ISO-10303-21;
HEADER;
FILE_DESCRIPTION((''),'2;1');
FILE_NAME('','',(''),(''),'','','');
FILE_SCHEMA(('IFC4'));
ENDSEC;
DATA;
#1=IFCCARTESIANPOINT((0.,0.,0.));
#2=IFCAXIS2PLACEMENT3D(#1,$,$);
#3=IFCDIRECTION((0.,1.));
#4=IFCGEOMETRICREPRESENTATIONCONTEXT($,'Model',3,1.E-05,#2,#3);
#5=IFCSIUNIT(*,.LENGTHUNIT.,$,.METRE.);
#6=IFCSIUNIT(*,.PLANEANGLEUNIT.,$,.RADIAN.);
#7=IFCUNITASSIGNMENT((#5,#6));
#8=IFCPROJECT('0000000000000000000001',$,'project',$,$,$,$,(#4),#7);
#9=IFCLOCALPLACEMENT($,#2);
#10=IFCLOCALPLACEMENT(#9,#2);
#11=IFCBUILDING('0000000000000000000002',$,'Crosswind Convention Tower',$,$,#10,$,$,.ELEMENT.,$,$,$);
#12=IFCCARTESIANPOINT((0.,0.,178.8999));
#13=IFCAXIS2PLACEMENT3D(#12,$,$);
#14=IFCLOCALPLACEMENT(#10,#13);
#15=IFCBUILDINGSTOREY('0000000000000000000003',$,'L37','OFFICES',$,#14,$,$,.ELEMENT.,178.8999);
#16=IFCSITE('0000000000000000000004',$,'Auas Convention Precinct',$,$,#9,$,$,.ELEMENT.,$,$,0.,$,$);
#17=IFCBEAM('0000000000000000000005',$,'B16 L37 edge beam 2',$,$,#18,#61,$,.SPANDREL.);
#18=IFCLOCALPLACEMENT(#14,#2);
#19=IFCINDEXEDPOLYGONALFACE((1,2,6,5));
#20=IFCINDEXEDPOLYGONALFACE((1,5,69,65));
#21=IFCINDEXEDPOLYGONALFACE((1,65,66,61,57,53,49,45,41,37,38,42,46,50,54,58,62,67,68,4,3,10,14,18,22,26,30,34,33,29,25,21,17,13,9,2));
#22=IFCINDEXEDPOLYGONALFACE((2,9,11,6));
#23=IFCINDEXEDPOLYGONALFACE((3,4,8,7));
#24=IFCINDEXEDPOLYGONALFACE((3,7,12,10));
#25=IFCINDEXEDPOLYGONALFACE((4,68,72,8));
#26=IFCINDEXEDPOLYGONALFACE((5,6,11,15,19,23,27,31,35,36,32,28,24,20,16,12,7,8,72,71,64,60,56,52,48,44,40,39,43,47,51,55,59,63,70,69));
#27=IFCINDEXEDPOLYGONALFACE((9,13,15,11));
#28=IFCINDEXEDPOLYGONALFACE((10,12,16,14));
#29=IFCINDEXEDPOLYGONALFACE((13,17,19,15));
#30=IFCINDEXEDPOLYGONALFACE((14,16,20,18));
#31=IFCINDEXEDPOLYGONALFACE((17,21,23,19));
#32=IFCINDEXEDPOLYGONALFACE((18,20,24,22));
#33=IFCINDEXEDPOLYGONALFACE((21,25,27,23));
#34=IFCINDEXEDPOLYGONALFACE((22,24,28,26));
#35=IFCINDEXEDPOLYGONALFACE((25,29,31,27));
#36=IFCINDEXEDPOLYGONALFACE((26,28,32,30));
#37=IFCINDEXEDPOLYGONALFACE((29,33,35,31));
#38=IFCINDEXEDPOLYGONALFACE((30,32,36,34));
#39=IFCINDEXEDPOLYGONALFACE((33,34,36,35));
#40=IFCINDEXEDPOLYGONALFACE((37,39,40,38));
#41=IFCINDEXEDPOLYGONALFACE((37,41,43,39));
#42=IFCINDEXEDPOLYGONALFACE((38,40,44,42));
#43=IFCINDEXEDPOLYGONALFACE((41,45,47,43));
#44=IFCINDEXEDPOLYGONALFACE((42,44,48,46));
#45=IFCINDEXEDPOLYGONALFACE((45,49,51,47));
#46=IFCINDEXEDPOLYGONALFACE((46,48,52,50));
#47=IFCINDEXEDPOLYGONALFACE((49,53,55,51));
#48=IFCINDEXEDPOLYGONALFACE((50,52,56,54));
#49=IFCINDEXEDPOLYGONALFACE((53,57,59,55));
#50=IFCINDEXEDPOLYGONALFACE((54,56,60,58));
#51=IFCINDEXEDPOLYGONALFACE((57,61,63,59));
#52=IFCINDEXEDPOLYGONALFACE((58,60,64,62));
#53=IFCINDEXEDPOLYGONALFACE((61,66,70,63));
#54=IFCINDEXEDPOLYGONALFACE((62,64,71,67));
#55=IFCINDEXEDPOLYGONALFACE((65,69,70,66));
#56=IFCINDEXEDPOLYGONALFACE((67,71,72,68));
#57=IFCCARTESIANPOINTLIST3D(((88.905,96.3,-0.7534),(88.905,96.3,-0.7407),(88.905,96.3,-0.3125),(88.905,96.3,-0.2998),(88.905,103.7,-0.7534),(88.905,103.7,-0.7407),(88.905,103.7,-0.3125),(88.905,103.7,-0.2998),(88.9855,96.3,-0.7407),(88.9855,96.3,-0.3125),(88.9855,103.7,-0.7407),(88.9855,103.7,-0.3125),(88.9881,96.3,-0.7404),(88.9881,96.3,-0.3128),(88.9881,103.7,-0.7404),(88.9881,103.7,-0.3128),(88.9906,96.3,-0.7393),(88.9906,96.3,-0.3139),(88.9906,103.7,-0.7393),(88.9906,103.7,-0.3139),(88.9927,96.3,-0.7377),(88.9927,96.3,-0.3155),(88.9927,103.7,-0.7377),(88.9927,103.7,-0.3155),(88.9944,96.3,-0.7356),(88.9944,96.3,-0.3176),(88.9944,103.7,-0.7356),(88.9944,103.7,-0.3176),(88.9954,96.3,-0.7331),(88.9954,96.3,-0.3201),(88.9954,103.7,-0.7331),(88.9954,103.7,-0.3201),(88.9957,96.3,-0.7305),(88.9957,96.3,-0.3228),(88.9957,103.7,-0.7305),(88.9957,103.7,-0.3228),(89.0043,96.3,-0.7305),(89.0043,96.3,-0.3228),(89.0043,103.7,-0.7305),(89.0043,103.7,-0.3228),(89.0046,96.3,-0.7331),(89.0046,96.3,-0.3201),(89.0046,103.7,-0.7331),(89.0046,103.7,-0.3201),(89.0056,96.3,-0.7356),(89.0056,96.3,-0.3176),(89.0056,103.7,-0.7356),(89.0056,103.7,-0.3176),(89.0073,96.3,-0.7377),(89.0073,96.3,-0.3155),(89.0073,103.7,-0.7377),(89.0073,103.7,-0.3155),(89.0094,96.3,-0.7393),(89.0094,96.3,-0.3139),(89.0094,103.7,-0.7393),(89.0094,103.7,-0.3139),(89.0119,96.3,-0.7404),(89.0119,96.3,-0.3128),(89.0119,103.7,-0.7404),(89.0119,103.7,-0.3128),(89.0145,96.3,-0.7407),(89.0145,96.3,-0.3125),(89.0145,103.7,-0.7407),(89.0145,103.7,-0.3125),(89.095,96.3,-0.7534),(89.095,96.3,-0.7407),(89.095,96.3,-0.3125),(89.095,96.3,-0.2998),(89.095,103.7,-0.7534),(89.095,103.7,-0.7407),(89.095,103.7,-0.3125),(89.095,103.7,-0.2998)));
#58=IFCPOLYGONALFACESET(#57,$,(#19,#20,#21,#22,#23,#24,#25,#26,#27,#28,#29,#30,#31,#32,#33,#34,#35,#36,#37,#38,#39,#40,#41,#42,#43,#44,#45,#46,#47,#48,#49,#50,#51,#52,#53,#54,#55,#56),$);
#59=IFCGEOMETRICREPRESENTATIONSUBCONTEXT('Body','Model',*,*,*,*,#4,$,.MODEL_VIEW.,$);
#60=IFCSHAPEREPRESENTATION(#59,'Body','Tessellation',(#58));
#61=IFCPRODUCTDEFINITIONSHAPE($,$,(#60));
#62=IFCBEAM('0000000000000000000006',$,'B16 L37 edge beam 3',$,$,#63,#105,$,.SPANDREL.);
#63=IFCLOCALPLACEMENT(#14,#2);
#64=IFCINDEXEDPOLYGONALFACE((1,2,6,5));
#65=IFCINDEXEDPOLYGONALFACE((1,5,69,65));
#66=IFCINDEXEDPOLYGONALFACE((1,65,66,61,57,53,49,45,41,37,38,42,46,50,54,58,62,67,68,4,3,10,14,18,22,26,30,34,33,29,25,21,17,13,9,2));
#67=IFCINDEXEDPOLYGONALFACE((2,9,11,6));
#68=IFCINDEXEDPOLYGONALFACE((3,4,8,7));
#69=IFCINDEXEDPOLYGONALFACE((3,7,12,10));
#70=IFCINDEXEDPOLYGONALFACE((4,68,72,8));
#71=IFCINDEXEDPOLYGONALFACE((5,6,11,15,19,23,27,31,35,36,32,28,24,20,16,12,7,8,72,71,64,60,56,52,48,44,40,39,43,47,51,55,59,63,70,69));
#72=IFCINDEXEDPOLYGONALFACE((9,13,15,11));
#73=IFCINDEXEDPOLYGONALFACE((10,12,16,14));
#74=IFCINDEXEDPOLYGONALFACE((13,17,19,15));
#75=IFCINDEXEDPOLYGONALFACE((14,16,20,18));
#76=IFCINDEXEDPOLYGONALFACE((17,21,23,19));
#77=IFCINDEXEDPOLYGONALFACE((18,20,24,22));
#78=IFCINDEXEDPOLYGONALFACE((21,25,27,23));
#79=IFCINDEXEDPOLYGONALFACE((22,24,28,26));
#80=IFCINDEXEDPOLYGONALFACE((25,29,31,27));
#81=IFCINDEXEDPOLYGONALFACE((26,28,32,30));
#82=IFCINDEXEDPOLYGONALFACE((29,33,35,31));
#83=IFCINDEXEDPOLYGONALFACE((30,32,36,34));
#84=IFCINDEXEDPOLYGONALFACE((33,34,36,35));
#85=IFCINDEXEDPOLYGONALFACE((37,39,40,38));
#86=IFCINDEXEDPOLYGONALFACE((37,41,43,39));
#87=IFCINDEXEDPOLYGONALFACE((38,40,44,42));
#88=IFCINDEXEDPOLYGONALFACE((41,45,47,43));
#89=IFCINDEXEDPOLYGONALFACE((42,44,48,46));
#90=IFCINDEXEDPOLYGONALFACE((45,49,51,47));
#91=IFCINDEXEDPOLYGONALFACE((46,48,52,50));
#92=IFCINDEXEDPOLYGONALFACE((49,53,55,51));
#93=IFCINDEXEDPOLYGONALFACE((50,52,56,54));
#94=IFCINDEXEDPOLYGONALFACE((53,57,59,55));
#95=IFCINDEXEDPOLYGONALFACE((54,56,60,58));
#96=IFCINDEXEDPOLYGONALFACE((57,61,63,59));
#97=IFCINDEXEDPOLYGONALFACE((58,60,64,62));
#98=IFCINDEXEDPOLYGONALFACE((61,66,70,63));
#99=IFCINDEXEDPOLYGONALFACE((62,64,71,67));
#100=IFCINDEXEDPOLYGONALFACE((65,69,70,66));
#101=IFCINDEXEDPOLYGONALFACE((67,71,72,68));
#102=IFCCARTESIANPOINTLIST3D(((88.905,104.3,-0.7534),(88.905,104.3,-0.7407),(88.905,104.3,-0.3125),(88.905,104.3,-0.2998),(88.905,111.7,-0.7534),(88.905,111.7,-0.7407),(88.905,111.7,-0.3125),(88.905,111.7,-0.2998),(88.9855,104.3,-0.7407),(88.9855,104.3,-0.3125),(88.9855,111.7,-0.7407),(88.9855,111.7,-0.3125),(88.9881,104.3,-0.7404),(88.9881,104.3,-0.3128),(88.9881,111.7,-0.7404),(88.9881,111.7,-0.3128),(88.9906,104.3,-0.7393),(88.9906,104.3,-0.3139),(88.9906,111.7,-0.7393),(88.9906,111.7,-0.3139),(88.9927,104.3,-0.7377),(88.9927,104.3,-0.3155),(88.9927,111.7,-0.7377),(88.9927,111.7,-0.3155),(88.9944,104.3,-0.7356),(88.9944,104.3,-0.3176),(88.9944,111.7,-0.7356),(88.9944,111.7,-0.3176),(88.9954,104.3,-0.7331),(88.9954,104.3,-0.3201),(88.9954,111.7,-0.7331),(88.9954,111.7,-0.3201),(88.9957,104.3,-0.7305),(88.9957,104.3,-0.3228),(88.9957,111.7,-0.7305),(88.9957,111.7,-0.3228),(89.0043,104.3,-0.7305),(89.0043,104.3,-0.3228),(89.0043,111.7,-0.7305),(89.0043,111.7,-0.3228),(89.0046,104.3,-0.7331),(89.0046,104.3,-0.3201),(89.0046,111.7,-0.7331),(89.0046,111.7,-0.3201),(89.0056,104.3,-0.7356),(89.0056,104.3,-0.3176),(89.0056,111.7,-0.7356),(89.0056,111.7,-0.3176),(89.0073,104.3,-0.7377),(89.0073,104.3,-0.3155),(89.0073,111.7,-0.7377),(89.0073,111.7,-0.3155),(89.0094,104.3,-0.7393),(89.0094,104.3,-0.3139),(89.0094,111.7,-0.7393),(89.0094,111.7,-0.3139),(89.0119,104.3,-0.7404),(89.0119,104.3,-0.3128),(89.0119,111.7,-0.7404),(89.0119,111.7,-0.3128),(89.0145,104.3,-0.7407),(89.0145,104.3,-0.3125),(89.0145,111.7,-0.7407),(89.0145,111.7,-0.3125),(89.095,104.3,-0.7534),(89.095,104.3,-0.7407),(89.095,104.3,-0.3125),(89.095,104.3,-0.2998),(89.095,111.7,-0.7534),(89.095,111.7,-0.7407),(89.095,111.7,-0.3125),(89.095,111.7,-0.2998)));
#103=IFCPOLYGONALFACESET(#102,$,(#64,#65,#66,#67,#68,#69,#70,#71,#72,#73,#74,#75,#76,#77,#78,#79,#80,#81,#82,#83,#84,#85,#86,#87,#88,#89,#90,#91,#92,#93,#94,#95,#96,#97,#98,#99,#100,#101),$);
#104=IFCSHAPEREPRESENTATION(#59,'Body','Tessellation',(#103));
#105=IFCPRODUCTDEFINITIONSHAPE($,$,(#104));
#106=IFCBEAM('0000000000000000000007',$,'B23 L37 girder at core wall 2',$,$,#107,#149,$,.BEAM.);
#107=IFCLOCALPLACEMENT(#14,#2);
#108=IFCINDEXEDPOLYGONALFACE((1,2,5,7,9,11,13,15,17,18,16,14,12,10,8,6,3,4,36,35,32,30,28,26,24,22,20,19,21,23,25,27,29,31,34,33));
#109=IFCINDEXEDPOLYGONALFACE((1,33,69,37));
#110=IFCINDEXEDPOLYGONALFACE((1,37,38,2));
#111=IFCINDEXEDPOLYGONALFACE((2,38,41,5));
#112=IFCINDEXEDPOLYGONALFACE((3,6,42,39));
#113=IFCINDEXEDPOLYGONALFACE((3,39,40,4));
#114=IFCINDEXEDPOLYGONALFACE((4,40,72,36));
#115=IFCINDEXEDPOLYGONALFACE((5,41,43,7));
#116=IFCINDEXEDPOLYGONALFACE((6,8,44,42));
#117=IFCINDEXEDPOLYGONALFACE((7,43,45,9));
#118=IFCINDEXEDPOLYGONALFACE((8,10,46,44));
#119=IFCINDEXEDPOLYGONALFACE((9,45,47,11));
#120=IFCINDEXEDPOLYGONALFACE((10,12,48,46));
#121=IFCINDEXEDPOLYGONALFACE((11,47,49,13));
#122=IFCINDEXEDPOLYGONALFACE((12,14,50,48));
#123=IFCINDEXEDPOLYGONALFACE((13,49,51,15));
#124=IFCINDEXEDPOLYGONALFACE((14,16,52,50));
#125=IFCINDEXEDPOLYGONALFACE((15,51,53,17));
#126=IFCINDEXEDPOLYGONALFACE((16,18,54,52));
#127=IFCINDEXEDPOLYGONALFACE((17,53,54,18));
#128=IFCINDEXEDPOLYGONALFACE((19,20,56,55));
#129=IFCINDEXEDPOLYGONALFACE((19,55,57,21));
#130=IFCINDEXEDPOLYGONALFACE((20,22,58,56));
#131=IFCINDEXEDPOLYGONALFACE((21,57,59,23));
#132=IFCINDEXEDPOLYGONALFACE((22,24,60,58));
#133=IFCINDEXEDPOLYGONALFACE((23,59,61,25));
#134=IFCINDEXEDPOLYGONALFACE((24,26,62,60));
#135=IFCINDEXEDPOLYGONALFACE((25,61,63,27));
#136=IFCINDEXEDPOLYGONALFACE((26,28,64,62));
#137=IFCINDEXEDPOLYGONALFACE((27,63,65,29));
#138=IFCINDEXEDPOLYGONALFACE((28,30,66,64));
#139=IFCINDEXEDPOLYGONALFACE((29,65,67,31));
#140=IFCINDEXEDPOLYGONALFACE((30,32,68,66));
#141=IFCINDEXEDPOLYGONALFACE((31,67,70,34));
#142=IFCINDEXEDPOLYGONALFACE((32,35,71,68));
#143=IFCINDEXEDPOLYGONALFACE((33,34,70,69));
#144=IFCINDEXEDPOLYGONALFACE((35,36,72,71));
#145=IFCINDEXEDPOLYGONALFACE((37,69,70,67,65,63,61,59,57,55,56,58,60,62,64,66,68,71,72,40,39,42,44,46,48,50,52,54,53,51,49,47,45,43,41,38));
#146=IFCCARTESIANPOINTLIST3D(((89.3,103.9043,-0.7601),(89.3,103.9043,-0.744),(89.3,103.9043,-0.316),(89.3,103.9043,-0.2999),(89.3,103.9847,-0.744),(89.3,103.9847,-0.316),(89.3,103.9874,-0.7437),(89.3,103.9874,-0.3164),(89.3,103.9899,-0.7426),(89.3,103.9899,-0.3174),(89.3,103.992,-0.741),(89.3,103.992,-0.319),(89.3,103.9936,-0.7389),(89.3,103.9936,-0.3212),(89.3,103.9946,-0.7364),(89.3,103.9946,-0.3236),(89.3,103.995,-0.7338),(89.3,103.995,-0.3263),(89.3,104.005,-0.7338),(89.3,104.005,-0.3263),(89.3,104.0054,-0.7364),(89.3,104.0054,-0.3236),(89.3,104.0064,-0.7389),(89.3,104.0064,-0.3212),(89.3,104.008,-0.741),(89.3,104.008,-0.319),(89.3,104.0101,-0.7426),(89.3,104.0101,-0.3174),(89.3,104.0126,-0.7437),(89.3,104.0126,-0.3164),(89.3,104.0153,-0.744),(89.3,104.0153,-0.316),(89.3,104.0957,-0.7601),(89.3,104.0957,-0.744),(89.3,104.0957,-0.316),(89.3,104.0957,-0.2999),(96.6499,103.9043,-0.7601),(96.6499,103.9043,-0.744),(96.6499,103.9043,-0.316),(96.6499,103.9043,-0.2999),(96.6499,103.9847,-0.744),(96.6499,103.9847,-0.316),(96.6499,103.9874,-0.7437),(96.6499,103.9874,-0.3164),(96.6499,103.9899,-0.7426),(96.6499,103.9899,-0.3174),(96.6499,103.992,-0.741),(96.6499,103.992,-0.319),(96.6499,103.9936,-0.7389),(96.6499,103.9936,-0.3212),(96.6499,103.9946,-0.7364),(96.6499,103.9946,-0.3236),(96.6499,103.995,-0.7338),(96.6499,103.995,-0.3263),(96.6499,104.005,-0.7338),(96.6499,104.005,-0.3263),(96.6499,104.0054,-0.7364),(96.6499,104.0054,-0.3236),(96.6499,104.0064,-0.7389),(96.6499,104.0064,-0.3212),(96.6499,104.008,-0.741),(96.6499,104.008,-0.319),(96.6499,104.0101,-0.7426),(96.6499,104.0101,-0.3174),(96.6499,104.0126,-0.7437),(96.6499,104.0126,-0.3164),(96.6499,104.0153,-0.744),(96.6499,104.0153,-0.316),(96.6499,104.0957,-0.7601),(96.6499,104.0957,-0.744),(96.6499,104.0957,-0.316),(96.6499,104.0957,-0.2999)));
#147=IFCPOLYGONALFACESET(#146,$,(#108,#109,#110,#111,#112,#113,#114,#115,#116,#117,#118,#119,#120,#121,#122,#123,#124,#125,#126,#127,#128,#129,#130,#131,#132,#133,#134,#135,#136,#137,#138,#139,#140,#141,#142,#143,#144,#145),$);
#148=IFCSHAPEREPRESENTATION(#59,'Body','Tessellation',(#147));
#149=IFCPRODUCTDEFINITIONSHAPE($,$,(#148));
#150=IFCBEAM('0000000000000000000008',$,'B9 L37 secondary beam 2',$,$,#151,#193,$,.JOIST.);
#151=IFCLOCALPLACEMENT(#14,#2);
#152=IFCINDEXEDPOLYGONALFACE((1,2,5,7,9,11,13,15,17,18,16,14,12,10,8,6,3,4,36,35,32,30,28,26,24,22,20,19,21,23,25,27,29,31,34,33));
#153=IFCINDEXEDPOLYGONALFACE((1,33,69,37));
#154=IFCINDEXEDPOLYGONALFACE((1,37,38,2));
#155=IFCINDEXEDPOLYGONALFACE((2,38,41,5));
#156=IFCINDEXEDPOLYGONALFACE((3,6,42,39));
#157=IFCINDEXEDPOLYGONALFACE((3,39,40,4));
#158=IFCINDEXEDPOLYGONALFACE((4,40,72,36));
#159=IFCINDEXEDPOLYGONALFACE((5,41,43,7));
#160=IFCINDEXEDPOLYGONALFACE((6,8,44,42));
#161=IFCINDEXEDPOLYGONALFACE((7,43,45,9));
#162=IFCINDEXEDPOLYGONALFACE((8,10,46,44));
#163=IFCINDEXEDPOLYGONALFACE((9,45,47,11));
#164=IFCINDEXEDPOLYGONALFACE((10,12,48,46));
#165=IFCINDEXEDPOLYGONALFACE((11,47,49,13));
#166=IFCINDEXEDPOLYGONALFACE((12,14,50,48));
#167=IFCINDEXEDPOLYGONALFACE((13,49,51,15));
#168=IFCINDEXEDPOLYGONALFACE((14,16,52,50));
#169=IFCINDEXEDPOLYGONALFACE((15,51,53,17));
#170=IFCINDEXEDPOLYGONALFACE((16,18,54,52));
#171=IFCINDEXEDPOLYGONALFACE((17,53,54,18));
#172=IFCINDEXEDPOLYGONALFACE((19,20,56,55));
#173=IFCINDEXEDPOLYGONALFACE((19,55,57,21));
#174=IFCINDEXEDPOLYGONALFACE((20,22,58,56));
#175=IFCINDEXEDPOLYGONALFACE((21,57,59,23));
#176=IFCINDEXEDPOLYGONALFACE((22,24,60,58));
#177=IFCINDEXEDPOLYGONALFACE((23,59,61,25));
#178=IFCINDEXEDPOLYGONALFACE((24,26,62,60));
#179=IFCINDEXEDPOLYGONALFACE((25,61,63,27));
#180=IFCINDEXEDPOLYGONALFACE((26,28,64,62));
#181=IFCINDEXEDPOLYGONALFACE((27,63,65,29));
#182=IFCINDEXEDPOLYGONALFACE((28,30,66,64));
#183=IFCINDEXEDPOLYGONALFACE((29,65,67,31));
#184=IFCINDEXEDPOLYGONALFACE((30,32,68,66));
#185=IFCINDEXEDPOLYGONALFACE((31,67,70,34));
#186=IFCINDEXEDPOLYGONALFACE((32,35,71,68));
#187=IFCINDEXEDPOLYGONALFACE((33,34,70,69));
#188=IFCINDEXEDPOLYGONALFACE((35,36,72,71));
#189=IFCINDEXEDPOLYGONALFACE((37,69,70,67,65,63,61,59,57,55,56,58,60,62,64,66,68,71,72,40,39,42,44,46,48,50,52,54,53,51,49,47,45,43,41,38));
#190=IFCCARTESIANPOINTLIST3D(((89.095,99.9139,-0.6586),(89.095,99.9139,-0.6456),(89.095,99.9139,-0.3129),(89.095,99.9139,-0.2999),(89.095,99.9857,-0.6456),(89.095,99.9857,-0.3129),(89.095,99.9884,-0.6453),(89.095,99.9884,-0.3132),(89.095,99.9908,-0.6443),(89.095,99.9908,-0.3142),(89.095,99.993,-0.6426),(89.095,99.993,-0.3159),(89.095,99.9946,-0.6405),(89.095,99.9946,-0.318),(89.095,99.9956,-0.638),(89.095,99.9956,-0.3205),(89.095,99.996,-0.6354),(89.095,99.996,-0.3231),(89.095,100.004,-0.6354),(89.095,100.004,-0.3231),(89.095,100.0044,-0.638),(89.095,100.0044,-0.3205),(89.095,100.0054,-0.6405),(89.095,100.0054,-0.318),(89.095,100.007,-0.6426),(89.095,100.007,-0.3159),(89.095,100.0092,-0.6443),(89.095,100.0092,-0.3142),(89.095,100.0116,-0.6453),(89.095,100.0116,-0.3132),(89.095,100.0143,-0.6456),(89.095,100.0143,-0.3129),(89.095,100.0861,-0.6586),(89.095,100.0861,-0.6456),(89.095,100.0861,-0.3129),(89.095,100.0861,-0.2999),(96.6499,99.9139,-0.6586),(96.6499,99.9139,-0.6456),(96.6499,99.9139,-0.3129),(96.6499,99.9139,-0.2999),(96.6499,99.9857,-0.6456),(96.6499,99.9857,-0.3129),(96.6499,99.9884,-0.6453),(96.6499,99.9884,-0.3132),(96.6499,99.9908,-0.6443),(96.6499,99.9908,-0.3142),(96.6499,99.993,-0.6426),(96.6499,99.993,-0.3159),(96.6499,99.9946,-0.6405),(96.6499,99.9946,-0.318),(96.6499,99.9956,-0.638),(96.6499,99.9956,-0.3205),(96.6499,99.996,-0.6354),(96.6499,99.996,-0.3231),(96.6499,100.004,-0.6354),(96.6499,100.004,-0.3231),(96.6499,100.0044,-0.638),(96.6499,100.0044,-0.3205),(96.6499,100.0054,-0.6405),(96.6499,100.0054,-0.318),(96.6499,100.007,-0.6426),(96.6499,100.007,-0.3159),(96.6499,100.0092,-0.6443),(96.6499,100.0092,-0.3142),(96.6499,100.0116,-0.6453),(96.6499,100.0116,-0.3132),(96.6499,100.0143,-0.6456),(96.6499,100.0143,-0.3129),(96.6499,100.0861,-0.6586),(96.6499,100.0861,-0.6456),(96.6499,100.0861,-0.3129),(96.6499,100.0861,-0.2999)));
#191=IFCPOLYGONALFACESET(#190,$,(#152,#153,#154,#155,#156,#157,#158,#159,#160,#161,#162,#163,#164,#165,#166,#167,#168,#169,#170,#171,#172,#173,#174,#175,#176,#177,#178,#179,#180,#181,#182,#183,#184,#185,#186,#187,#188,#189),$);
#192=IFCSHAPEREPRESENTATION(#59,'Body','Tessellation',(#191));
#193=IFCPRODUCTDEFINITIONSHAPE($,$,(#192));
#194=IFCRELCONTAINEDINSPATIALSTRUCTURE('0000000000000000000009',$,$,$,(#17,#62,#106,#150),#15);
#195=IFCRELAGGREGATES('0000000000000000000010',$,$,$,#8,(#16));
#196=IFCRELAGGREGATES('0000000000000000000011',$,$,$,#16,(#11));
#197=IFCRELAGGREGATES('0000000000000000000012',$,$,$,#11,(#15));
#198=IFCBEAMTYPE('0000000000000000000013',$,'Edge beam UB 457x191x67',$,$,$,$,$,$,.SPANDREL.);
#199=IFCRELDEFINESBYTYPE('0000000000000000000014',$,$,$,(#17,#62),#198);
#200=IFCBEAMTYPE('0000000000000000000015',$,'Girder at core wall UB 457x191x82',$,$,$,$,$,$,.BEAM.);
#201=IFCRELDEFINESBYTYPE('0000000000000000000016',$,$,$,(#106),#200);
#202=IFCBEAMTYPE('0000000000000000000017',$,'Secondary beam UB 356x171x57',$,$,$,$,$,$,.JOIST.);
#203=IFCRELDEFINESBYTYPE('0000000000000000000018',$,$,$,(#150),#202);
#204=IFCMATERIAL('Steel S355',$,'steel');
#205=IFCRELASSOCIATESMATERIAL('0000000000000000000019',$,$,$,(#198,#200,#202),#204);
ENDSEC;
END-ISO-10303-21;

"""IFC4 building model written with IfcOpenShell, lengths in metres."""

from ifc_helpers import new_model, si_unit, direction, frame, origin, origin_2d, place, context, subcontext, project, spatial, i_section, extrude, material, material_profile, profile_set, type_object, element, save


model = new_model("IFC4")

# Units and contexts
model_context = context("Model", 3, precision=1e-05, world=origin(), true_north=direction((0.0, 1.0)))
body_context = subcontext(model_context, "Body", "Model", "MODEL_VIEW")
ifc_project = project(units=[si_unit("LENGTHUNIT", "METRE"), si_unit("PLANEANGLEUNIT", "RADIAN")], contexts=[model_context])

# Site, building, storey
site_placement = place(None, origin())
site = spatial("IfcSite", under=ifc_project, at=site_placement, Name="Auas Convention Precinct", CompositionType="ELEMENT", RefElevation=0.0)
building_placement = place(site_placement, origin())
building = spatial("IfcBuilding", under=site, at=building_placement, Name="Crosswind Convention Tower", CompositionType="ELEMENT")
storey_placement = place(building_placement, frame((0.0, 0.0, 178.8999)))
storey = spatial("IfcBuildingStorey", under=building, at=storey_placement, Name="L37", Description="OFFICES", CompositionType="ELEMENT", Elevation=178.8999)

# Beams
ifc_material_1 = material(Name="Steel S355", Category="steel")
ifc_material_profile_1 = material_profile(ifc_material_1, i_section(OverallWidth=0.1899, OverallDepth=0.4536, WebThickness=0.0085, FlangeThickness=0.0127, FilletRadius=0.0103, at=origin_2d()), Name="UB 457x191x67")
ifc_profile_set_1 = profile_set([ifc_material_profile_1], Name="Steel S355")
beam_type_1 = type_object("IfcBeamType", Name="Edge beam UB 457x191x67", PredefinedType="SPANDREL", material=ifc_profile_set_1)
for number, where, z_axis, x_axis, name in (
    (1, (89.0, 96.3, -0.5266), (0.0, 1.0, 0.0), (-1.0, 0.0, 0.0), "B16 L37 edge beam 2"),
    (2, (89.0, 104.3, -0.5266), (0.0, 1.0, 0.0), (-1.0, 0.0, 0.0), "B16 L37 edge beam 3"),
):
    element("IfcBeam", number, at=place(storey_placement, frame(where, z_axis=z_axis, x_axis=x_axis)), inside=storey, type_object=beam_type_1, Name=name, PredefinedType="SPANDREL", context=body_context, shape_type="SweptSolid", body=[
        extrude(i_section(OverallWidth=0.1899, OverallDepth=0.4536, WebThickness=0.0085, FlangeThickness=0.0127, FilletRadius=0.0103, at=origin_2d()), origin(), (0.0, 0.0, 1.0), 7.3999),
    ])
ifc_material_profile_2 = material_profile(ifc_material_1, i_section(OverallWidth=0.1914, OverallDepth=0.4602, WebThickness=0.01, FlangeThickness=0.0161, FilletRadius=0.0103, at=origin_2d()), Name="UB 457x191x82")
ifc_profile_set_2 = profile_set([ifc_material_profile_2], Name="Steel S355")
beam_type_2 = type_object("IfcBeamType", Name="Girder at core wall UB 457x191x82", PredefinedType="BEAM", material=ifc_profile_set_2)
beam_placement = place(storey_placement, frame((89.3, 104.0, -0.53), z_axis=(1.0, 0.0, 0.0), x_axis=(0.0, 1.0, 0.0)))
element("IfcBeam", 3, at=beam_placement, inside=storey, type_object=beam_type_2, Name="B23 L37 girder at core wall 2", PredefinedType="BEAM", context=body_context, shape_type="SweptSolid", body=[
    extrude(i_section(OverallWidth=0.1914, OverallDepth=0.4602, WebThickness=0.01, FlangeThickness=0.0161, FilletRadius=0.0103, at=origin_2d()), origin(), (0.0, 0.0, 1.0), 7.3499),
])
ifc_material_profile_3 = material_profile(ifc_material_1, i_section(OverallWidth=0.1721, OverallDepth=0.3586, WebThickness=0.0081, FlangeThickness=0.0129, FilletRadius=0.0103, at=origin_2d()), Name="UB 356x171x57")
ifc_profile_set_3 = profile_set([ifc_material_profile_3], Name="Steel S355")
beam_type_3 = type_object("IfcBeamType", Name="Secondary beam UB 356x171x57", PredefinedType="JOIST", material=ifc_profile_set_3)
for number, where, z_axis, x_axis, name in (
    (4, (89.095, 100.0, -0.4792), (1.0, 0.0, 0.0), (0.0, 1.0, 0.0), "B9 L37 secondary beam 2"),
):
    element("IfcBeam", number, at=place(storey_placement, frame(where, z_axis=z_axis, x_axis=x_axis)), inside=storey, type_object=beam_type_3, Name=name, PredefinedType="JOIST", context=body_context, shape_type="SweptSolid", body=[
        extrude(i_section(OverallWidth=0.1721, OverallDepth=0.3586, WebThickness=0.0081, FlangeThickness=0.0129, FilletRadius=0.0103, at=origin_2d()), origin(), (0.0, 0.0, 1.0), 7.5549),
    ])

save(model, "model.ifc")
